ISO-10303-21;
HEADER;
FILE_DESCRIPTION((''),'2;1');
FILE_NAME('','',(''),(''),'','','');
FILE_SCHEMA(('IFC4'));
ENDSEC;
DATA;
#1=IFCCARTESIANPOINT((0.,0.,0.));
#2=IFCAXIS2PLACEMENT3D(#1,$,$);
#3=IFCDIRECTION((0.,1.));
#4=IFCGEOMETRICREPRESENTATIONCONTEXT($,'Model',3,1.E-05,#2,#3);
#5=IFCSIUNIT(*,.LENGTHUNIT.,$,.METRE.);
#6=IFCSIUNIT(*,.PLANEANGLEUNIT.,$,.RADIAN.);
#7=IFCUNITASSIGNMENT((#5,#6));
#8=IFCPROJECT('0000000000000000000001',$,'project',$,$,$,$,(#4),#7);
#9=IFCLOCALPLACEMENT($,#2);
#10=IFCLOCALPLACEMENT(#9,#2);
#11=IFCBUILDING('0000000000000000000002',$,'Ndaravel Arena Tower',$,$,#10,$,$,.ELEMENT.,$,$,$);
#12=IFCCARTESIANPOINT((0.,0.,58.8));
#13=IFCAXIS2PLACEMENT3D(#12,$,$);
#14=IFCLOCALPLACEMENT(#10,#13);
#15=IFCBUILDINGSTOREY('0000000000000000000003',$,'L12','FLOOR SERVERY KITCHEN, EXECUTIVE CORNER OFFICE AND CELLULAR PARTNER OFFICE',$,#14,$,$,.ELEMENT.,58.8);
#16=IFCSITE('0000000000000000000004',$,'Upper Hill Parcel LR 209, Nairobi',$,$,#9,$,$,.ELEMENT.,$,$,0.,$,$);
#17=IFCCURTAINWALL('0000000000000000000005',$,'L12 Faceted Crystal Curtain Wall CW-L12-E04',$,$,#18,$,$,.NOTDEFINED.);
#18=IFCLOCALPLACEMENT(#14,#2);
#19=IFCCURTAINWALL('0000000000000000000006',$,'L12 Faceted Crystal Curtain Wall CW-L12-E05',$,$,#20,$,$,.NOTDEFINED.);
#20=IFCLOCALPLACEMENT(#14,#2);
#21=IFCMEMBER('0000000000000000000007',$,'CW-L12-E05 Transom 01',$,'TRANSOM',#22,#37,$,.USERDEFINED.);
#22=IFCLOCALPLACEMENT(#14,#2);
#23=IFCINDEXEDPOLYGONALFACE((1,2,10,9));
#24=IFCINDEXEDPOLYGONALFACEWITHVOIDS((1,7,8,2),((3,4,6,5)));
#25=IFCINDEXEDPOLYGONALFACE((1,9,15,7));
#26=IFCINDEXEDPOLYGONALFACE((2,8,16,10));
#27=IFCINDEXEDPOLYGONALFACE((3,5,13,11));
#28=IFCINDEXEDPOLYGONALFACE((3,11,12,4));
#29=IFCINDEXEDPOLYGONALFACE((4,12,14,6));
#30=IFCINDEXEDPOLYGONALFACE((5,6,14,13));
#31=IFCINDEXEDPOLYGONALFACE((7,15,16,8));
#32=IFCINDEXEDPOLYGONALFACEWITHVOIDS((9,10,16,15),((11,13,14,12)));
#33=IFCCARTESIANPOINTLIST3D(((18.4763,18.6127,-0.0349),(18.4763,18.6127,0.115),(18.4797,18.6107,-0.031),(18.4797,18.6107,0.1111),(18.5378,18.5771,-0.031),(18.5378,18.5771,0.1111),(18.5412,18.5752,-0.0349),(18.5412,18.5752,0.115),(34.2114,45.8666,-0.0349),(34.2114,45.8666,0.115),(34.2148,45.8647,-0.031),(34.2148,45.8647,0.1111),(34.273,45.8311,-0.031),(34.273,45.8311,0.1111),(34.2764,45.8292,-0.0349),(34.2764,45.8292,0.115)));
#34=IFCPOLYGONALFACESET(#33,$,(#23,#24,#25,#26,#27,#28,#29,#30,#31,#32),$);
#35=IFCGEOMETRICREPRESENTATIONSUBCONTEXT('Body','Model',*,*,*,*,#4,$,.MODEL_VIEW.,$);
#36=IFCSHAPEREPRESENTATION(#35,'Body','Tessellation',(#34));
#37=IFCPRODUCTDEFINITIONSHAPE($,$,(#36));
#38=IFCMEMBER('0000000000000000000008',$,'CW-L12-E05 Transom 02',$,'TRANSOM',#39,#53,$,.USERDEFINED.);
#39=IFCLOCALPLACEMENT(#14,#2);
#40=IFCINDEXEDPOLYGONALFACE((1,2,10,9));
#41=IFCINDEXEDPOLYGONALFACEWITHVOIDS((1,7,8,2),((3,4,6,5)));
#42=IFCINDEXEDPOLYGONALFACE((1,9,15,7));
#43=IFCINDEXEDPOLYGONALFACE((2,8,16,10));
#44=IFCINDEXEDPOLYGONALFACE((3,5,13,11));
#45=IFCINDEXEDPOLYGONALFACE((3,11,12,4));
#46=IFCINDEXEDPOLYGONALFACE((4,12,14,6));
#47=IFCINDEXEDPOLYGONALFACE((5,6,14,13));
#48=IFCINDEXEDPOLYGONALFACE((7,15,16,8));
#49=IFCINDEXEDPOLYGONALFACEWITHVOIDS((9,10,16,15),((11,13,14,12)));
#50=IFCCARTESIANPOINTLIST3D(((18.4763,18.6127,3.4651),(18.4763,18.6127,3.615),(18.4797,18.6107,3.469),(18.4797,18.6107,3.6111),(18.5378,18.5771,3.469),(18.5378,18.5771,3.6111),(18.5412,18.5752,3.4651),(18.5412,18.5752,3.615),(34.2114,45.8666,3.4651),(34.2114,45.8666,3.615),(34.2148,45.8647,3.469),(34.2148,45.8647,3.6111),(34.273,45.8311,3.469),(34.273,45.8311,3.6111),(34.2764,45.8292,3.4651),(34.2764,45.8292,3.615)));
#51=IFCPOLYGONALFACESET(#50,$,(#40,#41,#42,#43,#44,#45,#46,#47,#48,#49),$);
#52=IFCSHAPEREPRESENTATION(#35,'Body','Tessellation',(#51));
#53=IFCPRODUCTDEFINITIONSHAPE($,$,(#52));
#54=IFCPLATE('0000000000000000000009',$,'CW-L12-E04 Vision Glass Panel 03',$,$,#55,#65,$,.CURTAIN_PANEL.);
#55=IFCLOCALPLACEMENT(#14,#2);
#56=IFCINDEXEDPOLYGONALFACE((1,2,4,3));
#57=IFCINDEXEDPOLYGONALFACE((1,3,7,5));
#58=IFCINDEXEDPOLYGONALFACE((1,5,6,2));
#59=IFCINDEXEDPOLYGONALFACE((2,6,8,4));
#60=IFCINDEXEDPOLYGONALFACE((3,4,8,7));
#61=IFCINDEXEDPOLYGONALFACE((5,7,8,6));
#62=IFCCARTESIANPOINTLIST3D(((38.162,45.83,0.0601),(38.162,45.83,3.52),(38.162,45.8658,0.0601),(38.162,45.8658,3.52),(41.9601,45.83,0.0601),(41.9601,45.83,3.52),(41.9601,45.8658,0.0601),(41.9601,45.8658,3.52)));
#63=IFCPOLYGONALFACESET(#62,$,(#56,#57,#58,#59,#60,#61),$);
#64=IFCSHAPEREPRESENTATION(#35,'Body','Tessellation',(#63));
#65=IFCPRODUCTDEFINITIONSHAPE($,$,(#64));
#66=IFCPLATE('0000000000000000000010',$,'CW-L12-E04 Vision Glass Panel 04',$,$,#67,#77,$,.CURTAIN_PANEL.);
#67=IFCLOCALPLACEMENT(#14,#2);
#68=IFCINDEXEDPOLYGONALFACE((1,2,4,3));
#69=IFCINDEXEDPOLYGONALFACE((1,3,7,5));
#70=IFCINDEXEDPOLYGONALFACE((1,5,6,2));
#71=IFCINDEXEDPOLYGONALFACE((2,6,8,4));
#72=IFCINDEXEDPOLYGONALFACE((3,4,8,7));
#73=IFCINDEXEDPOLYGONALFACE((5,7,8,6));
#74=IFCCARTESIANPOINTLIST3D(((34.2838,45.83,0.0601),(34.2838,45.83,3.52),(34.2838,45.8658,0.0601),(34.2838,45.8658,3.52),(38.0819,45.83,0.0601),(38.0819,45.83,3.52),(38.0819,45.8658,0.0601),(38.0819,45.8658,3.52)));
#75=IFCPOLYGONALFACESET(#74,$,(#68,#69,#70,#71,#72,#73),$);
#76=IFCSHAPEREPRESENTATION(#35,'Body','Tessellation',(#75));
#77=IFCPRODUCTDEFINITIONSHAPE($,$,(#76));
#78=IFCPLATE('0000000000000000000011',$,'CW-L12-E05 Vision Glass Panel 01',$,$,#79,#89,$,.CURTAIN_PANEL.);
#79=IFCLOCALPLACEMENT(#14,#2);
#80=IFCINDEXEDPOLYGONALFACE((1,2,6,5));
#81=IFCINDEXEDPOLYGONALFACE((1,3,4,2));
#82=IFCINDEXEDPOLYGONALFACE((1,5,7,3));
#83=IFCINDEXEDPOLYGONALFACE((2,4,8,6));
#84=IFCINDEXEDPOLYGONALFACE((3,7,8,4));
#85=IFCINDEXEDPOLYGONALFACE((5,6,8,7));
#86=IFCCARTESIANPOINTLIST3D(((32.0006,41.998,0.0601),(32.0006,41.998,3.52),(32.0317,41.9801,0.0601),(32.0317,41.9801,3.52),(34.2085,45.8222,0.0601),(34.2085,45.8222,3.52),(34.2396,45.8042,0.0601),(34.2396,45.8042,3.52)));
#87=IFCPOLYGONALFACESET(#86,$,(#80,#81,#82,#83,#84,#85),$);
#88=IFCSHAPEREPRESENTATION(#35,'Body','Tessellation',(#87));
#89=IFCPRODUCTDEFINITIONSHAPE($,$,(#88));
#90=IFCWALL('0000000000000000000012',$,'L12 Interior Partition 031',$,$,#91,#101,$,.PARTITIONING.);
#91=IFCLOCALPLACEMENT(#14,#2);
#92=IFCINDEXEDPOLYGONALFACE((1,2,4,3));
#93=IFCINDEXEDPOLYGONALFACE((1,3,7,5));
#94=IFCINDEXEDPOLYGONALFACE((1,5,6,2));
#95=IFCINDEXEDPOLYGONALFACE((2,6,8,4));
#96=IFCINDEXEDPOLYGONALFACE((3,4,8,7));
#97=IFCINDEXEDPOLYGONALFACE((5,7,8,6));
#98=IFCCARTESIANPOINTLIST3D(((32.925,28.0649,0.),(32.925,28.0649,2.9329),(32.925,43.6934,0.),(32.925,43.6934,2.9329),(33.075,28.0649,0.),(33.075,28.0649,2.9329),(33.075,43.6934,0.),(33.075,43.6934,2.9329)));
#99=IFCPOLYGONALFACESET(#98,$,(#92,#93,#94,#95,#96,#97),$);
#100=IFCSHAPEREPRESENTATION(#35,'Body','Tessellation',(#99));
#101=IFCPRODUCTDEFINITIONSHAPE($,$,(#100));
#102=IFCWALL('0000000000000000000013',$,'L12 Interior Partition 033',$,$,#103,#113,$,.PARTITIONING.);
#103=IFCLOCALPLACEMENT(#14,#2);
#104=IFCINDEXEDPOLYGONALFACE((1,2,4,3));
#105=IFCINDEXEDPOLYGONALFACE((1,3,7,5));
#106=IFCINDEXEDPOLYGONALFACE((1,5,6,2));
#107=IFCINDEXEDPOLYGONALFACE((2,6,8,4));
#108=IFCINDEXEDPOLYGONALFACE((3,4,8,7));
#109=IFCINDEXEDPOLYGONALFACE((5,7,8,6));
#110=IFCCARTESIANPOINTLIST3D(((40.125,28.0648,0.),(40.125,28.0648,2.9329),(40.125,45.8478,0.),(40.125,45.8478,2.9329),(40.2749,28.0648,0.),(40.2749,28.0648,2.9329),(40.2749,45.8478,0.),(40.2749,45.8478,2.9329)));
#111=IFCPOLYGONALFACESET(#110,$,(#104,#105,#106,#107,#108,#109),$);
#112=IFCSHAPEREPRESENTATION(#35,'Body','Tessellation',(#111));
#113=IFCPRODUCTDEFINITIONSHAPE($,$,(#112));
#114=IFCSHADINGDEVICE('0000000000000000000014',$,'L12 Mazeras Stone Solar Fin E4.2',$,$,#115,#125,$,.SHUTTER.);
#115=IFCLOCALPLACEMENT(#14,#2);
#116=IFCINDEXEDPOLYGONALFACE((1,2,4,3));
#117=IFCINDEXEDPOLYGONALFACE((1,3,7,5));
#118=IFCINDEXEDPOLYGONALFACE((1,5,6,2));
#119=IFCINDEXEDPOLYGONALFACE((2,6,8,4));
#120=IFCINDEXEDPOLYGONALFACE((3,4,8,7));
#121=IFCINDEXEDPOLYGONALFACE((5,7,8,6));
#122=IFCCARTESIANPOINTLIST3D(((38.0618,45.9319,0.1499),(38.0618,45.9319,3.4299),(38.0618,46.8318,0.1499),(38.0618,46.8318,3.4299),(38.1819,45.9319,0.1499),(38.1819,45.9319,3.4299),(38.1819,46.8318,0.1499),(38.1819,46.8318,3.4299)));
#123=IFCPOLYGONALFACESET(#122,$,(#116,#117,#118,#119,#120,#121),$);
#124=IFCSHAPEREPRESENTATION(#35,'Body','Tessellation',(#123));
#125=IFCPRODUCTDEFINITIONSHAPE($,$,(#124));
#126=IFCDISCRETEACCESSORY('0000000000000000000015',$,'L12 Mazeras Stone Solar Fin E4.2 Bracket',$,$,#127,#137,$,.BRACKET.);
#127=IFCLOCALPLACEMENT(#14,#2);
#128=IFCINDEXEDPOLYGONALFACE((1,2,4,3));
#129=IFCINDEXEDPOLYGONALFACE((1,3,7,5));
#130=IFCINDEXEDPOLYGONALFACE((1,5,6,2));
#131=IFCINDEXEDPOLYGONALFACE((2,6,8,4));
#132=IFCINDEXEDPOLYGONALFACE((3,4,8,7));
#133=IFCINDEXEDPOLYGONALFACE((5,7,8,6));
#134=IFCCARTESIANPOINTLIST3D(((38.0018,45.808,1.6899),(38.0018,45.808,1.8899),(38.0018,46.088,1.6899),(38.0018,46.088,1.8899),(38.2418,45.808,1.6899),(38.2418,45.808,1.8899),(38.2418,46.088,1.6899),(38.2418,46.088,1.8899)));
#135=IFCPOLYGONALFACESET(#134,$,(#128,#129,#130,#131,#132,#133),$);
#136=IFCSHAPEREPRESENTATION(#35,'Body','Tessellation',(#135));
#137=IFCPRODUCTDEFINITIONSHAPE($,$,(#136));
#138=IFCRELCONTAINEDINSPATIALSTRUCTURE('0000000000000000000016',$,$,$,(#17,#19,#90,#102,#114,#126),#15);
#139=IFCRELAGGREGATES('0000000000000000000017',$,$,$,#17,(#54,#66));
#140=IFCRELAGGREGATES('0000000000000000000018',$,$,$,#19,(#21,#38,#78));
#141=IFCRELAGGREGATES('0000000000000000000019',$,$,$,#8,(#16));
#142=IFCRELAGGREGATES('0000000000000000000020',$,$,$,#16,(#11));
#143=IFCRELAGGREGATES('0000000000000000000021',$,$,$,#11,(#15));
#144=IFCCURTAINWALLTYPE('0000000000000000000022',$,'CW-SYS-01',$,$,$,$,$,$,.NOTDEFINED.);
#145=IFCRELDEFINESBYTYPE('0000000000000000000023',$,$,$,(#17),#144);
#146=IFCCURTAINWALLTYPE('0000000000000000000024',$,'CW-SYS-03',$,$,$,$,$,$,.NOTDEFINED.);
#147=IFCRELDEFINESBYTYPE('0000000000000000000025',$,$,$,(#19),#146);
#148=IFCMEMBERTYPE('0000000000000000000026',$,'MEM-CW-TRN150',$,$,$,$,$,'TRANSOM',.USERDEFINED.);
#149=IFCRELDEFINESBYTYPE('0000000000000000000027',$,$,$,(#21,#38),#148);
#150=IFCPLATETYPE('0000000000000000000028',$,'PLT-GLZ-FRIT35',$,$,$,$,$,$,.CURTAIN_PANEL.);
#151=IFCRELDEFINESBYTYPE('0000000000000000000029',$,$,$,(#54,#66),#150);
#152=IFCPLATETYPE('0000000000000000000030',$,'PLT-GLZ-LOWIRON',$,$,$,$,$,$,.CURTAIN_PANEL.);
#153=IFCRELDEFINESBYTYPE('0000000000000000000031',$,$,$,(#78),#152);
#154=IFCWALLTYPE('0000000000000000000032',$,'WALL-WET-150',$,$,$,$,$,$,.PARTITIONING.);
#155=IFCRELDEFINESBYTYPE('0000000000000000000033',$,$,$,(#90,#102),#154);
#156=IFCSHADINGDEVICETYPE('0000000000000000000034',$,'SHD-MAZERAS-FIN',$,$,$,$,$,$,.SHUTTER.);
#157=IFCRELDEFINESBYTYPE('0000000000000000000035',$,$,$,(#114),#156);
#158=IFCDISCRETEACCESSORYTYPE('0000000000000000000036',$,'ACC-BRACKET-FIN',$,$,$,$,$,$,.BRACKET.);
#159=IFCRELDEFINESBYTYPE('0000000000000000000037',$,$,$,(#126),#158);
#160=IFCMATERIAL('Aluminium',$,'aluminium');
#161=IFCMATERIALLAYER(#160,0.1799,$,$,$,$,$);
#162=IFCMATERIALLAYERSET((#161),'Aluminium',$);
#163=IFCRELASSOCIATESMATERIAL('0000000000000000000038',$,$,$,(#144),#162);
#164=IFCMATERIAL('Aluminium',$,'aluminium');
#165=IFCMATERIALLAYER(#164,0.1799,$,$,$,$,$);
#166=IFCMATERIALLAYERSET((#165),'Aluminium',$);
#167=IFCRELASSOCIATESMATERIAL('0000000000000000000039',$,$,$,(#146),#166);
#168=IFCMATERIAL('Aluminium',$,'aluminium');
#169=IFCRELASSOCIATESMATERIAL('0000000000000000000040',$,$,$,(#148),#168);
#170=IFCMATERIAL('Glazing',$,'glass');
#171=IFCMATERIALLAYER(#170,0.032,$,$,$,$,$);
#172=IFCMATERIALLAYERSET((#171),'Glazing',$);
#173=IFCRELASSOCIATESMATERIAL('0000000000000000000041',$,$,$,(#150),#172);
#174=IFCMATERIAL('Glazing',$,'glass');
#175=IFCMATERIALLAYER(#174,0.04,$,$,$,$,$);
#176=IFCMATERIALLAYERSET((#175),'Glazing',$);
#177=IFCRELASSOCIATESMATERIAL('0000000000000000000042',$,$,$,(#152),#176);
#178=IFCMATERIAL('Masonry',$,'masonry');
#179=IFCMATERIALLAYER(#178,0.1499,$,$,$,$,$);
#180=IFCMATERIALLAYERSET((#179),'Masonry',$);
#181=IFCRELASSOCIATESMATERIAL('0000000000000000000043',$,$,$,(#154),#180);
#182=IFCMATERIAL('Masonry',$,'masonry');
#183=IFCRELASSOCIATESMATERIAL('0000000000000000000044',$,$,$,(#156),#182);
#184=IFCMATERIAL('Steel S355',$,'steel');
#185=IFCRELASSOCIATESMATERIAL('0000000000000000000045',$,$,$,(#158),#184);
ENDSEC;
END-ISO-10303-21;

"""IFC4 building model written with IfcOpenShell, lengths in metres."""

from ifc_helpers import new_model, si_unit, direction, frame, frame_2d, origin, origin_2d, place, context, subcontext, project, spatial, rectangle, hollow_rectangle, extrude, material, layer, layer_set, material_profile, profile_set, type_object, element, aggregate, save


model = new_model("IFC4")

# Units and contexts
model_context = context("Model", 3, precision=1e-05, world=origin(), true_north=direction((0.0, 1.0)))
body_context = subcontext(model_context, "Body", "Model", "MODEL_VIEW")
ifc_project = project(units=[si_unit("LENGTHUNIT", "METRE"), si_unit("PLANEANGLEUNIT", "RADIAN")], contexts=[model_context])

# Site, building, storey
site_placement = place(None, origin())
site = spatial("IfcSite", under=ifc_project, at=site_placement, Name="Upper Hill Parcel LR 209, Nairobi", CompositionType="ELEMENT", RefElevation=0.0)
building_placement = place(site_placement, origin())
building = spatial("IfcBuilding", under=site, at=building_placement, Name="Ndaravel Arena Tower", CompositionType="ELEMENT")
storey_placement = place(building_placement, frame((0.0, 0.0, 58.8)))
storey = spatial("IfcBuildingStorey", under=building, at=storey_placement, Name="L12", Description="FLOOR SERVERY KITCHEN, EXECUTIVE CORNER OFFICE AND CELLULAR PARTNER OFFICE", CompositionType="ELEMENT", Elevation=58.8)

# Curtain wall
ifc_material_1 = material(Name="Aluminium", Category="aluminium")
ifc_layer_1 = layer(ifc_material_1, 0.1799)
ifc_layer_set_1 = layer_set([ifc_layer_1], Name="Aluminium")
curtain_wall_type_1 = type_object("IfcCurtainWallType", Name="CW-SYS-01", PredefinedType="NOTDEFINED", material=ifc_layer_set_1)
curtain_wall_1_placement = place(storey_placement, origin())
curtain_wall_1 = element("IfcCurtainWall", 1, at=curtain_wall_1_placement, inside=storey, type_object=curtain_wall_type_1, Name="L12 Faceted Crystal Curtain Wall CW-L12-E04", PredefinedType="NOTDEFINED")

# Curtain wall, members
ifc_material_2 = material(Name="Aluminium", Category="aluminium")
ifc_layer_2 = layer(ifc_material_2, 0.1799)
ifc_layer_set_2 = layer_set([ifc_layer_2], Name="Aluminium")
curtain_wall_type_2 = type_object("IfcCurtainWallType", Name="CW-SYS-03", PredefinedType="NOTDEFINED", material=ifc_layer_set_2)
curtain_wall_2_placement = place(storey_placement, origin())
curtain_wall_2 = element("IfcCurtainWall", 2, at=curtain_wall_2_placement, inside=storey, type_object=curtain_wall_type_2, Name="L12 Faceted Crystal Curtain Wall CW-L12-E05", PredefinedType="NOTDEFINED")
ifc_material_3 = material(Name="Aluminium", Category="aluminium")
ifc_material_profile_1 = material_profile(ifc_material_3, hollow_rectangle(XDim=0.075, YDim=0.1499, WallThickness=0.0039, at=origin_2d()), Name="CW TRANSOM 75x150x4")
ifc_profile_set_1 = profile_set([ifc_material_profile_1], Name="Aluminium")
member_type_1 = type_object("IfcMemberType", Name="MEM-CW-TRN150", ElementType="TRANSOM", PredefinedType="USERDEFINED", material=ifc_profile_set_1)
member_1_placement = place(storey_placement, frame((34.2439, 45.8479, 0.04), z_axis=(-0.500001, -0.866025, 0.0), x_axis=(0.866025, -0.500001, 0.0)))
member_1 = element("IfcMember", 3, at=member_1_placement, type_object=member_type_1, Name="CW-L12-E05 Transom 01", ObjectType="TRANSOM", PredefinedType="USERDEFINED", context=body_context, shape_type="SweptSolid", body=[
    extrude(hollow_rectangle(XDim=0.075, YDim=0.1499, WallThickness=0.0039, at=origin_2d()), origin(), (0.0, 0.0, 1.0), 31.4702),
])
member_2_placement = place(storey_placement, frame((34.2439, 45.8479, 3.54), z_axis=(-0.500001, -0.866025, 0.0), x_axis=(0.866025, -0.500001, 0.0)))
member_2 = element("IfcMember", 4, at=member_2_placement, type_object=member_type_1, Name="CW-L12-E05 Transom 02", ObjectType="TRANSOM", PredefinedType="USERDEFINED", context=body_context, shape_type="SweptSolid", body=[
    extrude(hollow_rectangle(XDim=0.075, YDim=0.1499, WallThickness=0.0039, at=origin_2d()), origin(), (0.0, 0.0, 1.0), 31.4702),
])

# Plates
ifc_material_4 = material(Name="Glazing", Category="glass")
ifc_layer_3 = layer(ifc_material_4, 0.032)
ifc_layer_set_3 = layer_set([ifc_layer_3], Name="Glazing")
plate_type_1 = type_object("IfcPlateType", Name="PLT-GLZ-FRIT35", PredefinedType="CURTAIN_PANEL", material=ifc_layer_set_3)
plate_1_placement = place(storey_placement, frame((40.061, 45.8479, 0.0601), z_axis=(0.0, 0.0, 1.0), x_axis=(-1.0, 0.0, 0.0)))
plate_1 = element("IfcPlate", 5, at=plate_1_placement, type_object=plate_type_1, Name="CW-L12-E04 Vision Glass Panel 03", PredefinedType="CURTAIN_PANEL", context=body_context, shape_type="SweptSolid", body=[
    extrude(rectangle(XDim=3.7981, YDim=0.0359, at=origin_2d()), origin(), (0.0, 0.0, 1.0), 3.46),
])
plate_2_placement = place(storey_placement, frame((36.1829, 45.8479, 0.0601), z_axis=(0.0, 0.0, 1.0), x_axis=(-1.0, 0.0, 0.0)))
plate_2 = element("IfcPlate", 6, at=plate_2_placement, type_object=plate_type_1, Name="CW-L12-E04 Vision Glass Panel 04", PredefinedType="CURTAIN_PANEL", context=body_context, shape_type="SweptSolid", body=[
    extrude(rectangle(XDim=3.7981, YDim=0.0359, at=origin_2d()), origin(), (0.0, 0.0, 1.0), 3.46),
])
aggregate(curtain_wall_1, [plate_1, plate_2])
ifc_material_5 = material(Name="Glazing", Category="glass")
ifc_layer_4 = layer(ifc_material_5, 0.04)
ifc_layer_set_4 = layer_set([ifc_layer_4], Name="Glazing")
plate_type_2 = type_object("IfcPlateType", Name="PLT-GLZ-LOWIRON", PredefinedType="CURTAIN_PANEL", material=ifc_layer_set_4)
plate_3_placement = place(storey_placement, frame((33.1201, 43.9011, 0.0601), z_axis=(0.0, 0.0, 1.0), x_axis=(-0.5, -0.866025, 0.0)))
plate_3 = element("IfcPlate", 7, at=plate_3_placement, type_object=plate_type_2, Name="CW-L12-E05 Vision Glass Panel 01", PredefinedType="CURTAIN_PANEL", context=body_context, shape_type="SweptSolid", body=[
    extrude(rectangle(XDim=4.4158, YDim=0.0359, at=origin_2d()), origin(), (0.0, 0.0, 1.0), 3.46),
])
aggregate(curtain_wall_2, [member_1, member_2, plate_3])

# Walls
ifc_material_6 = material(Name="Masonry", Category="masonry")
ifc_layer_5 = layer(ifc_material_6, 0.1499)
ifc_layer_set_5 = layer_set([ifc_layer_5], Name="Masonry")
wall_type = type_object("IfcWallType", Name="WALL-WET-150", PredefinedType="PARTITIONING", material=ifc_layer_set_5)
wall_1_placement = place(storey_placement, frame((33.0, 43.6934, 0.0), z_axis=(0.0, 0.0, 1.0), x_axis=(0.0, -1.0, 0.0)))
element("IfcWall", 8, at=wall_1_placement, inside=storey, type_object=wall_type, Name="L12 Interior Partition 031", PredefinedType="PARTITIONING", context=body_context, shape_type="SweptSolid", body=[
    extrude(rectangle(XDim=15.6284, YDim=0.1499, at=frame_2d((7.8142, 0.0))), origin(), (0.0, 0.0, 1.0), 2.9329),
])
wall_2_placement = place(storey_placement, frame((40.2, 45.8479, 0.0), z_axis=(0.0, 0.0, 1.0), x_axis=(0.0, -1.0, 0.0)))
element("IfcWall", 9, at=wall_2_placement, inside=storey, type_object=wall_type, Name="L12 Interior Partition 033", PredefinedType="PARTITIONING", context=body_context, shape_type="SweptSolid", body=[
    extrude(rectangle(XDim=17.783, YDim=0.1499, at=frame_2d((8.8916, 0.0))), origin(), (0.0, 0.0, 1.0), 2.9329),
])

# Shading device
ifc_material_7 = material(Name="Masonry", Category="masonry")
shading_device_type = type_object("IfcShadingDeviceType", Name="SHD-MAZERAS-FIN", PredefinedType="SHUTTER", material=ifc_material_7)
shading_device_placement = place(storey_placement, frame((38.1218, 46.3818, 0.1499), z_axis=(0.0, 0.0, 1.0), x_axis=(0.0, 1.0, 0.0)))
element("IfcShadingDevice", 10, at=shading_device_placement, inside=storey, type_object=shading_device_type, Name="L12 Mazeras Stone Solar Fin E4.2", PredefinedType="SHUTTER", context=body_context, shape_type="SweptSolid", body=[
    extrude(rectangle(XDim=0.8999, YDim=0.1201, at=origin_2d()), origin(), (0.0, 0.0, 1.0), 3.28),
])

# Discrete accessory
ifc_material_8 = material(Name="Steel S355", Category="steel")
discrete_accessory_type = type_object("IfcDiscreteAccessoryType", Name="ACC-BRACKET-FIN", PredefinedType="BRACKET", material=ifc_material_8)
discrete_accessory_placement = place(storey_placement, frame((38.1218, 45.948, 1.6899), z_axis=(0.0, 0.0, 1.0), x_axis=(0.0, 1.0, 0.0)))
element("IfcDiscreteAccessory", 11, at=discrete_accessory_placement, inside=storey, type_object=discrete_accessory_type, Name="L12 Mazeras Stone Solar Fin E4.2 Bracket", PredefinedType="BRACKET", context=body_context, shape_type="SweptSolid", body=[
    extrude(rectangle(XDim=0.28, YDim=0.24, at=origin_2d()), origin(), (0.0, 0.0, 1.0), 0.2),
])

save(model, "model.ifc")
